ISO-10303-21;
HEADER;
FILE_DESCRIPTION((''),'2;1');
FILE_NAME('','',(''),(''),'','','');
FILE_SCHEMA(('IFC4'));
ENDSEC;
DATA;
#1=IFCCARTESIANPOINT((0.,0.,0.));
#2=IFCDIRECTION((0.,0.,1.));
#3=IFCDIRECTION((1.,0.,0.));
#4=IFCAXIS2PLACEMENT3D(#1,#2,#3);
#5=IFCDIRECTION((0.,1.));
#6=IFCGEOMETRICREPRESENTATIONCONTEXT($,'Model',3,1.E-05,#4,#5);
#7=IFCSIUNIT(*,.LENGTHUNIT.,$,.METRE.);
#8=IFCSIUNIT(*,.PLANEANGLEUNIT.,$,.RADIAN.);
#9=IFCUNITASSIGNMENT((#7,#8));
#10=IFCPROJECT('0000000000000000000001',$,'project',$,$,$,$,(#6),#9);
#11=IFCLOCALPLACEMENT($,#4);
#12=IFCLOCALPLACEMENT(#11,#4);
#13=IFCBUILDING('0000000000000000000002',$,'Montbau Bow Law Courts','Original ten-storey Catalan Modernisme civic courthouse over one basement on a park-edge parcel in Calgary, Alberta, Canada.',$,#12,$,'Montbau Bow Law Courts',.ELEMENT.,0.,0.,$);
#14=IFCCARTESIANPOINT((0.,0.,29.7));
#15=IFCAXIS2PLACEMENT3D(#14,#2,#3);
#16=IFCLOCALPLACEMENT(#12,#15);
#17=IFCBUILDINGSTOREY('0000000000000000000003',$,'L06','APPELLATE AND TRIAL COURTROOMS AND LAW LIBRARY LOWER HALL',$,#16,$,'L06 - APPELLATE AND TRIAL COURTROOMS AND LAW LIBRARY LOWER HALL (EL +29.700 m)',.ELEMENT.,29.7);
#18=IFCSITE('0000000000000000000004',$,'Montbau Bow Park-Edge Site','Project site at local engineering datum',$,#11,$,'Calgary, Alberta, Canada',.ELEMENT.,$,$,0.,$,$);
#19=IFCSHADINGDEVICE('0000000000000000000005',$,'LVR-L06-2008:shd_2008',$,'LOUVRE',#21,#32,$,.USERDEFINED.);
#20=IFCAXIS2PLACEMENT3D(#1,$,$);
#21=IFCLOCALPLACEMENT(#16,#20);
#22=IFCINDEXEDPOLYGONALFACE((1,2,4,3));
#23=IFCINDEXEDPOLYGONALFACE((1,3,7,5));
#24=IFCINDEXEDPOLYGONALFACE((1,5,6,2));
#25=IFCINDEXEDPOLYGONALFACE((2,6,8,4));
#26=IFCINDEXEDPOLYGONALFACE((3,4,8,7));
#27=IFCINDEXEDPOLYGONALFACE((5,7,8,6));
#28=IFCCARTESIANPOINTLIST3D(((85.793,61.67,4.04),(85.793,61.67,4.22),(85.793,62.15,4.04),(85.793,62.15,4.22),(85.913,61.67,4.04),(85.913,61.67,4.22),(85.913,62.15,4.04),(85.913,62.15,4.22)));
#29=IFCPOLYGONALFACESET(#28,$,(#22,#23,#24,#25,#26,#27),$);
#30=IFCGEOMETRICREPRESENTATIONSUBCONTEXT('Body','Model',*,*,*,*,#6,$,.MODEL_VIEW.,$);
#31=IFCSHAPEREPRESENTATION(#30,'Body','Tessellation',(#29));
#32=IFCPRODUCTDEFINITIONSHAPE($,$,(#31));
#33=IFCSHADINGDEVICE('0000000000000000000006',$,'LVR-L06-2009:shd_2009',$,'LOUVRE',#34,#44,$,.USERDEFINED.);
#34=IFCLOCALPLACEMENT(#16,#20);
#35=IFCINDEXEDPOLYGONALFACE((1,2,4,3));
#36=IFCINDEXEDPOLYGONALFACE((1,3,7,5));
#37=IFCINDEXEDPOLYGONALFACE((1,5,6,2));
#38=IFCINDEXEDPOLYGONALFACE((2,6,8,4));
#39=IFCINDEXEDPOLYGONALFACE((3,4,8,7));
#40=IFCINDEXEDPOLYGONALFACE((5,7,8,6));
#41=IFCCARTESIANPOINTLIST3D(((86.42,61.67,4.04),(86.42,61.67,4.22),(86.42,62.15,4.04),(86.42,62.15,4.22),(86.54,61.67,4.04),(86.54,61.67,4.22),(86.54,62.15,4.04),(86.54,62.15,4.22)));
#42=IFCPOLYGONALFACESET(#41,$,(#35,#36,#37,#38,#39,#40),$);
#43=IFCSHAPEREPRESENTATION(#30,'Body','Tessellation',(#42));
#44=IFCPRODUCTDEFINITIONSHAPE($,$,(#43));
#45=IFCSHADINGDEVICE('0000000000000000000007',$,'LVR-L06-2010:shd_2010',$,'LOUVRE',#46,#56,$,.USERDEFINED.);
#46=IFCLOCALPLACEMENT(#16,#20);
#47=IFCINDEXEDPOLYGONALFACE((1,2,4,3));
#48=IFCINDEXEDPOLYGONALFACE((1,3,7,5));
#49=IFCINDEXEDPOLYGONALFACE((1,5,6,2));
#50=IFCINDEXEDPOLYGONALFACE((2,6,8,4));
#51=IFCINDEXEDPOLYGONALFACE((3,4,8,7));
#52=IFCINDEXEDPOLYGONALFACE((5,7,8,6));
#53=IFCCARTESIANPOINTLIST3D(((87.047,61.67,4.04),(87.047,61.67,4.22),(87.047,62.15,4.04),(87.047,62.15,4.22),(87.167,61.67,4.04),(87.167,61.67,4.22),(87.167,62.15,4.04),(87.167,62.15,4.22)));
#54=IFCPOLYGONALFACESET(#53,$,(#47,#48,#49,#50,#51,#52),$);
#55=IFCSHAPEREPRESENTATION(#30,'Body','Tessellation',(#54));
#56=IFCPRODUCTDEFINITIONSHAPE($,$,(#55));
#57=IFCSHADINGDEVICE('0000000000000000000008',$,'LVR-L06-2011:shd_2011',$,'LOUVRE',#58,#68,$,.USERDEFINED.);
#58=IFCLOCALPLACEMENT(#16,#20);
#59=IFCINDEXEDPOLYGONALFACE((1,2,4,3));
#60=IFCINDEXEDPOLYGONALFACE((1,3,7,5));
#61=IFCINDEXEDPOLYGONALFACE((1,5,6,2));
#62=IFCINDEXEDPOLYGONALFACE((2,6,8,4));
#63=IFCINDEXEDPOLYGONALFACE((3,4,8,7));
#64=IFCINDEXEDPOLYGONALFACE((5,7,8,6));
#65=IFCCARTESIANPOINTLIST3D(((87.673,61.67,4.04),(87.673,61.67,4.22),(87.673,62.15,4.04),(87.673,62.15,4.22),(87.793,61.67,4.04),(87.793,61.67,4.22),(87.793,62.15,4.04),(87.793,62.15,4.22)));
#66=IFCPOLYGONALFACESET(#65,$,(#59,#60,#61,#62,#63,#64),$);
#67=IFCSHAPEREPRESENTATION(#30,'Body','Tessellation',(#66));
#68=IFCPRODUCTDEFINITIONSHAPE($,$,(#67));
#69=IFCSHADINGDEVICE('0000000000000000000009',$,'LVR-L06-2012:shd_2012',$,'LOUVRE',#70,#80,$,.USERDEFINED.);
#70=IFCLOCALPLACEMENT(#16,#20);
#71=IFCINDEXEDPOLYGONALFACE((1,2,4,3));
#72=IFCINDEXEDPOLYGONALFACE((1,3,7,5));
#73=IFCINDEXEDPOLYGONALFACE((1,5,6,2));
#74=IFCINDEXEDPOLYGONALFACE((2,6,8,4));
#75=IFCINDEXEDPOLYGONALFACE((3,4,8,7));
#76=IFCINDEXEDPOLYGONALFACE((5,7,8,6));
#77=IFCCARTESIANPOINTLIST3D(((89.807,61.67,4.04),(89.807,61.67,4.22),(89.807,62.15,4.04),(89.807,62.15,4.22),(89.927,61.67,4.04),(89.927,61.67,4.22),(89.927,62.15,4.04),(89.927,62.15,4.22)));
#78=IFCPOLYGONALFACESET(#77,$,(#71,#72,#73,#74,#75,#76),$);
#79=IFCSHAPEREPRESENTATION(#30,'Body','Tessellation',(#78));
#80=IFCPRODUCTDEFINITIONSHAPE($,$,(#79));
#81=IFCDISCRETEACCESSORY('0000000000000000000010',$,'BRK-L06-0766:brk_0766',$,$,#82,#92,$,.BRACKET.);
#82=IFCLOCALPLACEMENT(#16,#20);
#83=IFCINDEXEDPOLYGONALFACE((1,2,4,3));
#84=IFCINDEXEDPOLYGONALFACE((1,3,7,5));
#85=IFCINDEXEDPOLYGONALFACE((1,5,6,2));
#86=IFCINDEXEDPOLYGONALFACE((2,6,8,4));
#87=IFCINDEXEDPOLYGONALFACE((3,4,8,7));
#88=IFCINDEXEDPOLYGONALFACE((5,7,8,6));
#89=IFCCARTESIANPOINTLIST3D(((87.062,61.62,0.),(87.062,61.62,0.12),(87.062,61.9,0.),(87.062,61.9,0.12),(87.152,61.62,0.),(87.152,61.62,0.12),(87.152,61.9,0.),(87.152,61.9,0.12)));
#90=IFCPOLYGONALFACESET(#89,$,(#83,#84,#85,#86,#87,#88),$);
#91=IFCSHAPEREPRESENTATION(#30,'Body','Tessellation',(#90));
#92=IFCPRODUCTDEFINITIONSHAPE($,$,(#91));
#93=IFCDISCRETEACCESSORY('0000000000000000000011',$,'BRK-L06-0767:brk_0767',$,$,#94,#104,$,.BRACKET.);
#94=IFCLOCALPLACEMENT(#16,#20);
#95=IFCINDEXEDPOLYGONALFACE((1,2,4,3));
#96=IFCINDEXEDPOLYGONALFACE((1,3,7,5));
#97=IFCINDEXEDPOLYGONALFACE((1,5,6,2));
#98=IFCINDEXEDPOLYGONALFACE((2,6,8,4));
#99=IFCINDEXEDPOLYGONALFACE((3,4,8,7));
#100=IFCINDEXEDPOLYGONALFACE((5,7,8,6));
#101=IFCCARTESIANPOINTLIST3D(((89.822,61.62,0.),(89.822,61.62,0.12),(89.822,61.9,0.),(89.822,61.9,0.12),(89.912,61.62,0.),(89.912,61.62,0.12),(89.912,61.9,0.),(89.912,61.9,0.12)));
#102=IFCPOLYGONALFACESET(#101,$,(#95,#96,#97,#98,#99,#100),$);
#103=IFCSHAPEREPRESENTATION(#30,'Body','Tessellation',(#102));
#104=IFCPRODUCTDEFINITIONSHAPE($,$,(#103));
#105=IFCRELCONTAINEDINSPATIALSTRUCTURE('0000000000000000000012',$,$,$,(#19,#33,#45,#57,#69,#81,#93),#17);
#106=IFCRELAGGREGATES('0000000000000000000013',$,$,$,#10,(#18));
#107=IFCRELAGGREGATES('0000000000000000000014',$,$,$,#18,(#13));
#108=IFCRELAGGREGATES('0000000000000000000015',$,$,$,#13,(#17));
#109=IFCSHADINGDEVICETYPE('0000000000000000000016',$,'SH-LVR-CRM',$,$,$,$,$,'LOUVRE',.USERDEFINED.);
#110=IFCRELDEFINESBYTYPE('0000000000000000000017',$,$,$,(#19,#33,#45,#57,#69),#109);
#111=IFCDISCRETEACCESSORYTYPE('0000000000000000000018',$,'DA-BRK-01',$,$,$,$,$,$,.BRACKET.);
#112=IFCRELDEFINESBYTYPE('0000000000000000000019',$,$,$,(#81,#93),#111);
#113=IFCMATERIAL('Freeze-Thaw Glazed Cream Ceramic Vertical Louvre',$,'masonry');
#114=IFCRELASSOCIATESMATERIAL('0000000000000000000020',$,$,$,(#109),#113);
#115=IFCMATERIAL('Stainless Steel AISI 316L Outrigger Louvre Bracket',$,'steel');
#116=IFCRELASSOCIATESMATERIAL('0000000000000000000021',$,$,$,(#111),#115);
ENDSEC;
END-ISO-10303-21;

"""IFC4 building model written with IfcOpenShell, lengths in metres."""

from ifc_helpers import new_model, si_unit, direction, frame, origin_with_axes, origin_2d_with_axis, place, context, subcontext, project, spatial, rectangle, extrude, material, type_object, element, save


model = new_model("IFC4")

# Units and contexts
model_context = context("Model", 3, precision=1e-05, world=origin_with_axes(), true_north=direction((0.0, 1.0)))
body_context = subcontext(model_context, "Body", "Model", "MODEL_VIEW")
ifc_project = project(units=[si_unit("LENGTHUNIT", "METRE"), si_unit("PLANEANGLEUNIT", "RADIAN")], contexts=[model_context])

# Site, building, storey
site_placement = place(None, origin_with_axes())
site = spatial("IfcSite", under=ifc_project, at=site_placement, Name="Montbau Bow Park-Edge Site", Description="Project site at local engineering datum", LongName="Calgary, Alberta, Canada", CompositionType="ELEMENT", RefElevation=0.0)
building_placement = place(site_placement, origin_with_axes())
building = spatial("IfcBuilding", under=site, at=building_placement, Name="Montbau Bow Law Courts", Description="Original ten-storey Catalan Modernisme civic courthouse over one basement on a park-edge parcel in Calgary, Alberta, Canada.", LongName="Montbau Bow Law Courts", CompositionType="ELEMENT", ElevationOfRefHeight=0.0, ElevationOfTerrain=0.0)
storey_placement = place(building_placement, frame((0.0, 0.0, 29.7), z_axis=(0.0, 0.0, 1.0), x_axis=(1.0, 0.0, 0.0)))
storey = spatial("IfcBuildingStorey", under=building, at=storey_placement, Name="L06", Description="APPELLATE AND TRIAL COURTROOMS AND LAW LIBRARY LOWER HALL", LongName="L06 - APPELLATE AND TRIAL COURTROOMS AND LAW LIBRARY LOWER HALL (EL +29.700 m)", CompositionType="ELEMENT", Elevation=29.7)

# Shading devices
ifc_material_1 = material(Name="Freeze-Thaw Glazed Cream Ceramic Vertical Louvre", Category="masonry")
shading_device_type = type_object("IfcShadingDeviceType", Name="SH-LVR-CRM", ElementType="LOUVRE", PredefinedType="USERDEFINED", material=ifc_material_1)
for number, where, z_axis, x_axis, name in (
    (1, (85.853, 61.91, 33.74), (0.0, 0.0, 1.0), (0.0, 1.0, 0.0), "LVR-L06-2008:shd_2008"),
    (2, (86.48, 61.91, 33.74), (0.0, 0.0, 1.0), (0.0, 1.0, 0.0), "LVR-L06-2009:shd_2009"),
    (3, (87.107, 61.91, 33.74), (0.0, 0.0, 1.0), (0.0, 1.0, 0.0), "LVR-L06-2010:shd_2010"),
    (4, (87.733, 61.91, 33.74), (0.0, 0.0, 1.0), (0.0, 1.0, 0.0), "LVR-L06-2011:shd_2011"),
    (5, (89.867, 61.91, 33.74), (0.0, 0.0, 1.0), (0.0, 1.0, 0.0), "LVR-L06-2012:shd_2012"),
):
    element("IfcShadingDevice", number, at=place(None, frame(where, z_axis=z_axis, x_axis=x_axis)), inside=storey, type_object=shading_device_type, Name=name, ObjectType="LOUVRE", PredefinedType="USERDEFINED", context=body_context, shape_type="SweptSolid", body=[
        extrude(rectangle(XDim=0.48, YDim=0.12, at=origin_2d_with_axis()), origin_with_axes(), (0.0, 0.0, 1.0), 0.18),
    ])

# Discrete accessories
ifc_material_2 = material(Name="Stainless Steel AISI 316L Outrigger Louvre Bracket", Category="steel")
discrete_accessory_type = type_object("IfcDiscreteAccessoryType", Name="DA-BRK-01", PredefinedType="BRACKET", material=ifc_material_2)
for number, where, z_axis, x_axis, name in (
    (6, (87.107, 61.76, 29.7), (0.0, 0.0, 1.0), (0.0, 1.0, 0.0), "BRK-L06-0766:brk_0766"),
    (7, (89.867, 61.76, 29.7), (0.0, 0.0, 1.0), (0.0, 1.0, 0.0), "BRK-L06-0767:brk_0767"),
):
    element("IfcDiscreteAccessory", number, at=place(None, frame(where, z_axis=z_axis, x_axis=x_axis)), inside=storey, type_object=discrete_accessory_type, Name=name, PredefinedType="BRACKET", context=body_context, shape_type="SweptSolid", body=[
        extrude(rectangle(XDim=0.28, YDim=0.09, at=origin_2d_with_axis()), origin_with_axes(), (0.0, 0.0, 1.0), 0.12),
    ])

save(model, "model.ifc")
